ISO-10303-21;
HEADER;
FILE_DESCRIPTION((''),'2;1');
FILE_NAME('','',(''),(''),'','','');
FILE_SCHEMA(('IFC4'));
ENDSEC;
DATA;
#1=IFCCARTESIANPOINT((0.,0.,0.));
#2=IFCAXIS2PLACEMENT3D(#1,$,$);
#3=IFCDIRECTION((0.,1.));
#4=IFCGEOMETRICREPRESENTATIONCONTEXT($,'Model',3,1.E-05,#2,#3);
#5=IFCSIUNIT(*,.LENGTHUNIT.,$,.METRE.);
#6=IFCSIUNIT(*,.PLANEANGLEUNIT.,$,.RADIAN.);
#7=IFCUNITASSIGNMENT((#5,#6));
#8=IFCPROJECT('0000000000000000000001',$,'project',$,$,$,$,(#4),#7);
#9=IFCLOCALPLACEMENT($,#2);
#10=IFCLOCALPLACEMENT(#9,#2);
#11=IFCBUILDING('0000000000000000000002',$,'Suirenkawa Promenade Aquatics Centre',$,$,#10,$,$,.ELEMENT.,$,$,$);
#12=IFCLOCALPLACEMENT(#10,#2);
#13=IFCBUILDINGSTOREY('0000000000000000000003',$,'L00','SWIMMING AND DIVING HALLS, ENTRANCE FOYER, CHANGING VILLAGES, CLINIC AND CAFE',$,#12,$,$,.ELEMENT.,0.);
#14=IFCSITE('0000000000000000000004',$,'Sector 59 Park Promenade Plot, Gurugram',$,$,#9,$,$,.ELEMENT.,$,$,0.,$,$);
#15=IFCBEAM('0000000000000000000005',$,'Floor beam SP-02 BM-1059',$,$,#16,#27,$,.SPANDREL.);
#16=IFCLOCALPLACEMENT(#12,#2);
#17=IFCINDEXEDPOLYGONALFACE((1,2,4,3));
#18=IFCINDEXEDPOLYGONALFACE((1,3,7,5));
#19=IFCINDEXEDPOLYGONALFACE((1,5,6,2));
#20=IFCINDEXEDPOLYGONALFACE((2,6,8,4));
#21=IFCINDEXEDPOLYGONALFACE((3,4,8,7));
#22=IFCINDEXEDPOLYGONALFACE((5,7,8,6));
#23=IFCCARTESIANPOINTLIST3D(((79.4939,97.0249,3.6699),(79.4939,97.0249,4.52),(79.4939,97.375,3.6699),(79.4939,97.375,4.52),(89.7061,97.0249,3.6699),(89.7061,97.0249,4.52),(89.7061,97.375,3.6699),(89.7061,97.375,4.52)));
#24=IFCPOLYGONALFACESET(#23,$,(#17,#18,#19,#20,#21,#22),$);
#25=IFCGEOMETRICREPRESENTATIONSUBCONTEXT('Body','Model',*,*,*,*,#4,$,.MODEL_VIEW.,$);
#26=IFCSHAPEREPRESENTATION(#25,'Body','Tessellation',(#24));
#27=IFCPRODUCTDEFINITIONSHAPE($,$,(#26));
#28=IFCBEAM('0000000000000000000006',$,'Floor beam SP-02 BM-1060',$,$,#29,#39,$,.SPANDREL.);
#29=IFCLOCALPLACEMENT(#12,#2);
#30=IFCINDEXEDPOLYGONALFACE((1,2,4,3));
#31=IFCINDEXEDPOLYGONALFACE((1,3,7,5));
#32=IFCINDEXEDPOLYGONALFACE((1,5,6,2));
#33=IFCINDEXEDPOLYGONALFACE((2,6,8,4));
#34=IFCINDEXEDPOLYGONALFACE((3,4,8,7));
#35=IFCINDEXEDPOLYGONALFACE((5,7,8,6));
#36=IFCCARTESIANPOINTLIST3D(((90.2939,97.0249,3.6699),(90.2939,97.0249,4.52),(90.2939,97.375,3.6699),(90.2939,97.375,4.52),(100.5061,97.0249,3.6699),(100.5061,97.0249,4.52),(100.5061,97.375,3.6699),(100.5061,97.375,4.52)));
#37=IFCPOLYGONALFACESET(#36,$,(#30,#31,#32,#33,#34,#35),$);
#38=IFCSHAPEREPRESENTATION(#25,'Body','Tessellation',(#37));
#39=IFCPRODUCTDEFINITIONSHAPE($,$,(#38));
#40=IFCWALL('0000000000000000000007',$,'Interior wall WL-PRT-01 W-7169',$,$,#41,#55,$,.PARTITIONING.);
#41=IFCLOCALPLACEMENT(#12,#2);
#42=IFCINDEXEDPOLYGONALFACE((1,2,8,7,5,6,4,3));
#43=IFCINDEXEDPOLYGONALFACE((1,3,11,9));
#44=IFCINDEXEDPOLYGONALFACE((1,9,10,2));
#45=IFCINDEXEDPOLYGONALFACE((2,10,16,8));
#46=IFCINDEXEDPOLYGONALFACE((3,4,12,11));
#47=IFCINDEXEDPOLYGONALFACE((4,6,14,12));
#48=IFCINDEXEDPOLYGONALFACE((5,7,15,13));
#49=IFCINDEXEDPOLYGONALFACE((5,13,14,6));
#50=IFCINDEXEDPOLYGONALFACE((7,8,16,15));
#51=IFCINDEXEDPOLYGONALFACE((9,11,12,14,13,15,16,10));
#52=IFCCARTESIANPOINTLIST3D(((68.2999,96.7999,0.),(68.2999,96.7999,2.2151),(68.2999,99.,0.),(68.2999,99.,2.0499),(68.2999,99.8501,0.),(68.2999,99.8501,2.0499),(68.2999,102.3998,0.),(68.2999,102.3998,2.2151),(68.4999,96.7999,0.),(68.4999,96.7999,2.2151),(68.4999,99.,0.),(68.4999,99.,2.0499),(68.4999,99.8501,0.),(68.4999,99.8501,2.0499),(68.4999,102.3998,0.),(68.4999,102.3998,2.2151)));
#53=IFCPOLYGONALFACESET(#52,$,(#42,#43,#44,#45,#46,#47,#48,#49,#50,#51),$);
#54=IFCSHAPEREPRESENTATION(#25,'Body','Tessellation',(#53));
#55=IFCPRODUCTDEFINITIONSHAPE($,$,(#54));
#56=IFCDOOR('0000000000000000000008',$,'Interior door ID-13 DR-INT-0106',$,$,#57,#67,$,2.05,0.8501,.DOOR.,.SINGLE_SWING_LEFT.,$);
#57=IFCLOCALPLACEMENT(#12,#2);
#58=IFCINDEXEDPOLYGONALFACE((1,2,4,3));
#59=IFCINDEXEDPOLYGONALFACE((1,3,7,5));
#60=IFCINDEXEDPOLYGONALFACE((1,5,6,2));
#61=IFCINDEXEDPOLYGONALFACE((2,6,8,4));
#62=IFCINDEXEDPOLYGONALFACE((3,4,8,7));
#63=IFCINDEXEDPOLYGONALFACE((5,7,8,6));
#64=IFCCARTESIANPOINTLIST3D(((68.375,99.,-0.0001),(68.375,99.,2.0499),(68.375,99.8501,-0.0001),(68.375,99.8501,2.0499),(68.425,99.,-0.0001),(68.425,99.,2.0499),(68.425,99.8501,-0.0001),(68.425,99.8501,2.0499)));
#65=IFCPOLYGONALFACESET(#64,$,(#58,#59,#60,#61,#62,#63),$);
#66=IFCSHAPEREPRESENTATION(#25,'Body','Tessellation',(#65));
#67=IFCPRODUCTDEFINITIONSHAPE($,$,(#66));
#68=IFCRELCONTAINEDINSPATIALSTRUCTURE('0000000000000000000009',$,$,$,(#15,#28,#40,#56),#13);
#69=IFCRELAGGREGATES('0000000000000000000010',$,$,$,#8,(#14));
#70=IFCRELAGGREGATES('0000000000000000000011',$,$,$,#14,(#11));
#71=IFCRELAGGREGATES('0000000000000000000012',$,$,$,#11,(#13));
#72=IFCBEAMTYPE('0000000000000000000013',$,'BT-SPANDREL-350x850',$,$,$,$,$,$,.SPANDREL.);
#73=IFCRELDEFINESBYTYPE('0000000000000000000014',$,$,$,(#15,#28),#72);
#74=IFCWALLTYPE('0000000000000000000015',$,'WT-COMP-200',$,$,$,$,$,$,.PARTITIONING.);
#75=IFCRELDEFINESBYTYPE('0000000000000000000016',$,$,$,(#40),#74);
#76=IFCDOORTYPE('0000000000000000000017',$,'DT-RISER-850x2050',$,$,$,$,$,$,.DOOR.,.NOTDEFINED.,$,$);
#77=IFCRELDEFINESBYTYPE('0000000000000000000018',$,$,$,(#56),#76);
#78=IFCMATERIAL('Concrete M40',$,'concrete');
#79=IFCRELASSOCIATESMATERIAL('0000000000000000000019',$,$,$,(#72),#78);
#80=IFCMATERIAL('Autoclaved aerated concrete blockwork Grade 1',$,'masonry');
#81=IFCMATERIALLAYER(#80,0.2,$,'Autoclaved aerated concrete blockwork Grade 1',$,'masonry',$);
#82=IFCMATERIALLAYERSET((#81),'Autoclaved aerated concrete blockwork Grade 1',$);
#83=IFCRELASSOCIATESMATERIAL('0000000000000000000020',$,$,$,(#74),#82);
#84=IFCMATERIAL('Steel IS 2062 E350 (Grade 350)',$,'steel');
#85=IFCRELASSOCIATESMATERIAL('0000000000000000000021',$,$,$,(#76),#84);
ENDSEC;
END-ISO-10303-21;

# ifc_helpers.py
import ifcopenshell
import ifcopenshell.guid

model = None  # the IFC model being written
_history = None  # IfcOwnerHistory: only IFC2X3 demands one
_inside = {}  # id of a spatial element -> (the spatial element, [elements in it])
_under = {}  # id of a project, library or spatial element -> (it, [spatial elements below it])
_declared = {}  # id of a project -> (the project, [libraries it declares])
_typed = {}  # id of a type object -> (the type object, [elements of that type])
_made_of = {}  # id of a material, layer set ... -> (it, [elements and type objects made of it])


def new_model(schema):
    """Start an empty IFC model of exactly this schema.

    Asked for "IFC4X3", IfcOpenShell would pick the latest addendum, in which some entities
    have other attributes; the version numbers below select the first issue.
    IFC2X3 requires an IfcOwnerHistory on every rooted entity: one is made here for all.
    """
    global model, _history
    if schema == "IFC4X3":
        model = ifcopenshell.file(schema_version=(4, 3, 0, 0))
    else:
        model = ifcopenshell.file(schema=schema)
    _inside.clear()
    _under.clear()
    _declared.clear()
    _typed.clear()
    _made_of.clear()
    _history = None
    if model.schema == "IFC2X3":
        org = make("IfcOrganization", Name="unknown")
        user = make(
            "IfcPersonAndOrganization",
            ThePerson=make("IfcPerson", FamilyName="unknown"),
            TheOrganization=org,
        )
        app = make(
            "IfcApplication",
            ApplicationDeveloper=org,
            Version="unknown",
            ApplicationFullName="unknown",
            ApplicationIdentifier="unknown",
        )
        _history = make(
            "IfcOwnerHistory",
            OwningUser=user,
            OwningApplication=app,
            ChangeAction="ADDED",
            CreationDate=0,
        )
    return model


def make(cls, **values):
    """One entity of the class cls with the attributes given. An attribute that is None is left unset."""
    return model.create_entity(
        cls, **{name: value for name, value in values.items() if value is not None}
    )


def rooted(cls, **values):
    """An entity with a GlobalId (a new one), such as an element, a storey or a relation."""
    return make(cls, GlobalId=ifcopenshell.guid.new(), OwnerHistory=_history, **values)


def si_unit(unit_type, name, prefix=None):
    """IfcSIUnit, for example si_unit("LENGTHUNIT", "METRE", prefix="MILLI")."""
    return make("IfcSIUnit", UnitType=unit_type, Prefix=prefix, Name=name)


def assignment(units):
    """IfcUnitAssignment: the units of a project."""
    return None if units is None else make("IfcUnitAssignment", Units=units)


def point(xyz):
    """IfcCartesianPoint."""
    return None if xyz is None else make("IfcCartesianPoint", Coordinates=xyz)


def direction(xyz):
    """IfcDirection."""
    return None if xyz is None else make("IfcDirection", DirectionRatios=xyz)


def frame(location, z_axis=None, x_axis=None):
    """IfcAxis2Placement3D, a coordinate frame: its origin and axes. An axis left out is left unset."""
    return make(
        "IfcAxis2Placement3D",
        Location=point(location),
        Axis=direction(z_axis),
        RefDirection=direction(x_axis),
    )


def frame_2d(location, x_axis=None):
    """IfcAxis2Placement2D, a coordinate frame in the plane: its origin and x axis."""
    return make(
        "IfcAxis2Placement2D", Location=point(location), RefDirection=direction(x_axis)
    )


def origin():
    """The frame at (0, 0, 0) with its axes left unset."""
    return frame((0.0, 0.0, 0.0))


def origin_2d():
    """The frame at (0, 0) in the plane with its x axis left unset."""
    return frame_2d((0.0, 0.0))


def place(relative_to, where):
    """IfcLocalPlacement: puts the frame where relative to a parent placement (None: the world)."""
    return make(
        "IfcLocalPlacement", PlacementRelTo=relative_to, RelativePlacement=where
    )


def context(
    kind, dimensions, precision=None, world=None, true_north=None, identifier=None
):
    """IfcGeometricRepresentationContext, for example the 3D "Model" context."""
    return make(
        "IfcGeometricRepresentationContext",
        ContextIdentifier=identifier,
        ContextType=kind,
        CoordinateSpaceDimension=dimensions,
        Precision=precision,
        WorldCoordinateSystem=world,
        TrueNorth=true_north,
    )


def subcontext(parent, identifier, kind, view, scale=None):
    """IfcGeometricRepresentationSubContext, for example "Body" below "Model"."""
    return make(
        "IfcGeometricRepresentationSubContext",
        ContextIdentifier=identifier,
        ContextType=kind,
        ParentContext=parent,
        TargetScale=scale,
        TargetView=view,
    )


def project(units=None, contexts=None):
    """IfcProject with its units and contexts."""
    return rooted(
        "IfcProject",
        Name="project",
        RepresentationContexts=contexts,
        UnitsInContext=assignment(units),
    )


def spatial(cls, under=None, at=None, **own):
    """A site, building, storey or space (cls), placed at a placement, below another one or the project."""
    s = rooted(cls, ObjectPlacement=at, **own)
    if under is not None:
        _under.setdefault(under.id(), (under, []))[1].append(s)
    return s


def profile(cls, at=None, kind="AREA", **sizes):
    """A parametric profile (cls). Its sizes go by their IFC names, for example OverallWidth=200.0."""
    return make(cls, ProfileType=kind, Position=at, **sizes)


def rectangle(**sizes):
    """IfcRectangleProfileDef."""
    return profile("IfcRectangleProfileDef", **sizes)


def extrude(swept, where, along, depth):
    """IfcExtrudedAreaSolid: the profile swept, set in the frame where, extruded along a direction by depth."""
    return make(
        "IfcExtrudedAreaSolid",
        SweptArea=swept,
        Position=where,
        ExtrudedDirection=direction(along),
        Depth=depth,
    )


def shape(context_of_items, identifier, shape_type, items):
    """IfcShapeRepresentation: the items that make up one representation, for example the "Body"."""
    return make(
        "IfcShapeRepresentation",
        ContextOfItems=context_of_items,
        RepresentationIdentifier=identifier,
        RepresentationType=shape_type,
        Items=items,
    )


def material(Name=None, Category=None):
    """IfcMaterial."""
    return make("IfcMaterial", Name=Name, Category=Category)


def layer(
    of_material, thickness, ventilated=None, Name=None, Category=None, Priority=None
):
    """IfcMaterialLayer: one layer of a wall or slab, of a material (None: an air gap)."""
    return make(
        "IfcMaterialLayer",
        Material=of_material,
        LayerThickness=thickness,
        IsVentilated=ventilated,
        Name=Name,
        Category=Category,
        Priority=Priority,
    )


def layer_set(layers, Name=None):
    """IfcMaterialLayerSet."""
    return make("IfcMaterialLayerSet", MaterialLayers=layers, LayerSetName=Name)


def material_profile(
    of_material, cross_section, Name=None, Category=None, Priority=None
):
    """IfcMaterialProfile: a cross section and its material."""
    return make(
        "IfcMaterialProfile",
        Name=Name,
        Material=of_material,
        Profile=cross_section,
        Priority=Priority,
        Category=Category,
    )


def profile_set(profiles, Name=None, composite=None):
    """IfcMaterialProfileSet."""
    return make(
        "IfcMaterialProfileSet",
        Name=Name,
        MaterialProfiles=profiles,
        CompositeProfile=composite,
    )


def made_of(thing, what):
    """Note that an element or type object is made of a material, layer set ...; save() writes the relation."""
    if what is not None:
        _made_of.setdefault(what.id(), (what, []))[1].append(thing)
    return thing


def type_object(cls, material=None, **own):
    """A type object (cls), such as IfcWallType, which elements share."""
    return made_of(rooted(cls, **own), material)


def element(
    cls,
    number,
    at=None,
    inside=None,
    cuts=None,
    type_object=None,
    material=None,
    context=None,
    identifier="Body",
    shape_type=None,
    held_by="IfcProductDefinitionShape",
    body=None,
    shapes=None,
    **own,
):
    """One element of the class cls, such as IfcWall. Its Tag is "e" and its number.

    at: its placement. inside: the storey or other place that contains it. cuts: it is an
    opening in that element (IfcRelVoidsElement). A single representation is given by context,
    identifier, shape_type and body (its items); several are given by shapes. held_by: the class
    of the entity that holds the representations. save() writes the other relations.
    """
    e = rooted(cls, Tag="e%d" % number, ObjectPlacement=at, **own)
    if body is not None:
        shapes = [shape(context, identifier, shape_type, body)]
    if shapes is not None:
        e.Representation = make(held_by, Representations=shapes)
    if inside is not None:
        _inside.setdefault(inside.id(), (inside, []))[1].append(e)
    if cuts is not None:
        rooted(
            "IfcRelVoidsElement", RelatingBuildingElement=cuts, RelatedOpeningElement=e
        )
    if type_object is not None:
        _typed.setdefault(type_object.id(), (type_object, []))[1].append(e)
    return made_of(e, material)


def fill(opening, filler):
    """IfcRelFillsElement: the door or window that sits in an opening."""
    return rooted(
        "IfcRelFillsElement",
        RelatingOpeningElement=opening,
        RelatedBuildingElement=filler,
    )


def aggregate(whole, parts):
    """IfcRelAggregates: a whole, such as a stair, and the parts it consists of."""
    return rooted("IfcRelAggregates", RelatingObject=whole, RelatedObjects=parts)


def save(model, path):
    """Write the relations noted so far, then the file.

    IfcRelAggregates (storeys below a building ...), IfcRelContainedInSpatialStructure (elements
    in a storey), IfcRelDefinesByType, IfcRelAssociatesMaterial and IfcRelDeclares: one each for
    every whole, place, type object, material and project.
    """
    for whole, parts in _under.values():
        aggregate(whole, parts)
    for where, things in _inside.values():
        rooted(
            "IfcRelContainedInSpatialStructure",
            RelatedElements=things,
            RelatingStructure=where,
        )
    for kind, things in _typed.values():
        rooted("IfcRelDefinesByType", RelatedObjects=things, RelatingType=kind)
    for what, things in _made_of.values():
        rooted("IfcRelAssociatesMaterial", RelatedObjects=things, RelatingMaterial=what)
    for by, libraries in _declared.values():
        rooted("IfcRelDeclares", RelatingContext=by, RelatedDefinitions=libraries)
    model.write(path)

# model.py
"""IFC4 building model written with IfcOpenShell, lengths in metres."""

from ifc_helpers import new_model, si_unit, direction, frame, frame_2d, origin, origin_2d, place, context, subcontext, project, spatial, rectangle, extrude, material, layer, layer_set, material_profile, profile_set, type_object, element, fill, save


model = new_model("IFC4")

# Units and contexts
model_context = context("Model", 3, precision=1e-05, world=origin(), true_north=direction((0.0, 1.0)))
body_context = subcontext(model_context, "Body", "Model", "MODEL_VIEW")
ifc_project = project(units=[si_unit("LENGTHUNIT", "METRE"), si_unit("PLANEANGLEUNIT", "RADIAN")], contexts=[model_context])

# Site, building, storey
site_placement = place(None, origin())
site = spatial("IfcSite", under=ifc_project, at=site_placement, Name="Sector 59 Park Promenade Plot, Gurugram", CompositionType="ELEMENT", RefElevation=0.0)
building_placement = place(site_placement, origin())
building = spatial("IfcBuilding", under=site, at=building_placement, Name="Suirenkawa Promenade Aquatics Centre", CompositionType="ELEMENT")
storey_placement = place(building_placement, origin())
storey = spatial("IfcBuildingStorey", under=building, at=storey_placement, Name="L00", Description="SWIMMING AND DIVING HALLS, ENTRANCE FOYER, CHANGING VILLAGES, CLINIC AND CAFE", CompositionType="ELEMENT", Elevation=0.0)

# Shared definitions
ifc_material_1 = material(Name="Concrete M40", Category="concrete")

# Beams
ifc_material_2 = material(Name="Steel IS 2062 E350 (Grade 350)", Category="steel")
ifc_material_profile_1 = material_profile(ifc_material_1, rectangle(XDim=0.3501, YDim=0.8501, at=origin_2d()), Name="RC SPANDREL 350x850", Category="concrete")
ifc_profile_set_1 = profile_set([ifc_material_profile_1], Name="Concrete M40")
beam_type_1 = type_object("IfcBeamType", Name="BT-SPANDREL-350x850", PredefinedType="SPANDREL", material=ifc_profile_set_1)
for number, where, z_axis, x_axis, name in (
    (1, (79.4939, 97.2, 4.095), (1.0, 0.0, 0.0), (0.0, 1.0, 0.0), "Floor beam SP-02 BM-1059"),
    (2, (90.2939, 97.2, 4.095), (1.0, 0.0, 0.0), (0.0, 1.0, 0.0), "Floor beam SP-02 BM-1060"),
):
    element("IfcBeam", number, at=place(storey_placement, frame(where, z_axis=z_axis, x_axis=x_axis)), inside=storey, type_object=beam_type_1, Name=name, PredefinedType="SPANDREL", context=body_context, shape_type="SweptSolid", body=[
        extrude(rectangle(XDim=0.3501, YDim=0.8501, at=origin_2d()), origin(), (0.0, 0.0, 1.0), 10.2122),
    ])

# Wall, opening, door
ifc_material_3 = material(Name="Autoclaved aerated concrete blockwork Grade 1", Category="masonry")
ifc_layer = layer(ifc_material_3, 0.2, Name="Autoclaved aerated concrete blockwork Grade 1", Category="masonry")
ifc_layer_set = layer_set([ifc_layer], Name="Autoclaved aerated concrete blockwork Grade 1")
wall_type = type_object("IfcWallType", Name="WT-COMP-200", PredefinedType="PARTITIONING", material=ifc_layer_set)
wall_placement = place(storey_placement, frame((68.3999, 96.8, 0.0), z_axis=(0.0, 0.0, 1.0), x_axis=(0.0, 1.0, 0.0)))
wall = element("IfcWall", 3, at=wall_placement, inside=storey, type_object=wall_type, Name="Interior wall WL-PRT-01 W-7169", PredefinedType="PARTITIONING", context=body_context, shape_type="SweptSolid", body=[
    extrude(rectangle(XDim=5.5999, YDim=0.2, at=frame_2d((2.7998, 0.0))), origin(), (0.0, 0.0, 1.0), 2.2151),
])
opening_placement = place(wall_placement, frame((2.2, 0.0, 0.0)))
opening = element("IfcOpeningElement", 4, at=opening_placement, cuts=wall, PredefinedType="OPENING", context=body_context, shape_type="SweptSolid", body=[
    extrude(rectangle(XDim=0.8501, YDim=2.05, at=frame_2d((0.425, 1.0249))), frame((0.0, 0.1099, 0.0), z_axis=(0.0, -1.0, 0.0), x_axis=(1.0, 0.0, 0.0)), (0.0, 0.0, 1.0), 0.22),
])
door_type = type_object("IfcDoorType", Name="DT-RISER-850x2050", OperationType="NOTDEFINED", PredefinedType="DOOR", material=ifc_material_2)
door_placement = place(opening_placement, origin())
door = element("IfcDoor", 5, at=door_placement, inside=storey, type_object=door_type, Name="Interior door ID-13 DR-INT-0106", OperationType="SINGLE_SWING_LEFT", OverallHeight=2.05, OverallWidth=0.8501, PredefinedType="DOOR", context=body_context, shape_type="SweptSolid", body=[
    extrude(rectangle(XDim=0.8501, YDim=2.05, at=frame_2d((0.425, 1.0249))), frame((0.0, 0.0249, 0.0), z_axis=(0.0, -1.0, 0.0), x_axis=(1.0, 0.0, 0.0)), (0.0, 0.0, 1.0), 0.05),
])
fill(opening, door)

save(model, "model.ifc")
